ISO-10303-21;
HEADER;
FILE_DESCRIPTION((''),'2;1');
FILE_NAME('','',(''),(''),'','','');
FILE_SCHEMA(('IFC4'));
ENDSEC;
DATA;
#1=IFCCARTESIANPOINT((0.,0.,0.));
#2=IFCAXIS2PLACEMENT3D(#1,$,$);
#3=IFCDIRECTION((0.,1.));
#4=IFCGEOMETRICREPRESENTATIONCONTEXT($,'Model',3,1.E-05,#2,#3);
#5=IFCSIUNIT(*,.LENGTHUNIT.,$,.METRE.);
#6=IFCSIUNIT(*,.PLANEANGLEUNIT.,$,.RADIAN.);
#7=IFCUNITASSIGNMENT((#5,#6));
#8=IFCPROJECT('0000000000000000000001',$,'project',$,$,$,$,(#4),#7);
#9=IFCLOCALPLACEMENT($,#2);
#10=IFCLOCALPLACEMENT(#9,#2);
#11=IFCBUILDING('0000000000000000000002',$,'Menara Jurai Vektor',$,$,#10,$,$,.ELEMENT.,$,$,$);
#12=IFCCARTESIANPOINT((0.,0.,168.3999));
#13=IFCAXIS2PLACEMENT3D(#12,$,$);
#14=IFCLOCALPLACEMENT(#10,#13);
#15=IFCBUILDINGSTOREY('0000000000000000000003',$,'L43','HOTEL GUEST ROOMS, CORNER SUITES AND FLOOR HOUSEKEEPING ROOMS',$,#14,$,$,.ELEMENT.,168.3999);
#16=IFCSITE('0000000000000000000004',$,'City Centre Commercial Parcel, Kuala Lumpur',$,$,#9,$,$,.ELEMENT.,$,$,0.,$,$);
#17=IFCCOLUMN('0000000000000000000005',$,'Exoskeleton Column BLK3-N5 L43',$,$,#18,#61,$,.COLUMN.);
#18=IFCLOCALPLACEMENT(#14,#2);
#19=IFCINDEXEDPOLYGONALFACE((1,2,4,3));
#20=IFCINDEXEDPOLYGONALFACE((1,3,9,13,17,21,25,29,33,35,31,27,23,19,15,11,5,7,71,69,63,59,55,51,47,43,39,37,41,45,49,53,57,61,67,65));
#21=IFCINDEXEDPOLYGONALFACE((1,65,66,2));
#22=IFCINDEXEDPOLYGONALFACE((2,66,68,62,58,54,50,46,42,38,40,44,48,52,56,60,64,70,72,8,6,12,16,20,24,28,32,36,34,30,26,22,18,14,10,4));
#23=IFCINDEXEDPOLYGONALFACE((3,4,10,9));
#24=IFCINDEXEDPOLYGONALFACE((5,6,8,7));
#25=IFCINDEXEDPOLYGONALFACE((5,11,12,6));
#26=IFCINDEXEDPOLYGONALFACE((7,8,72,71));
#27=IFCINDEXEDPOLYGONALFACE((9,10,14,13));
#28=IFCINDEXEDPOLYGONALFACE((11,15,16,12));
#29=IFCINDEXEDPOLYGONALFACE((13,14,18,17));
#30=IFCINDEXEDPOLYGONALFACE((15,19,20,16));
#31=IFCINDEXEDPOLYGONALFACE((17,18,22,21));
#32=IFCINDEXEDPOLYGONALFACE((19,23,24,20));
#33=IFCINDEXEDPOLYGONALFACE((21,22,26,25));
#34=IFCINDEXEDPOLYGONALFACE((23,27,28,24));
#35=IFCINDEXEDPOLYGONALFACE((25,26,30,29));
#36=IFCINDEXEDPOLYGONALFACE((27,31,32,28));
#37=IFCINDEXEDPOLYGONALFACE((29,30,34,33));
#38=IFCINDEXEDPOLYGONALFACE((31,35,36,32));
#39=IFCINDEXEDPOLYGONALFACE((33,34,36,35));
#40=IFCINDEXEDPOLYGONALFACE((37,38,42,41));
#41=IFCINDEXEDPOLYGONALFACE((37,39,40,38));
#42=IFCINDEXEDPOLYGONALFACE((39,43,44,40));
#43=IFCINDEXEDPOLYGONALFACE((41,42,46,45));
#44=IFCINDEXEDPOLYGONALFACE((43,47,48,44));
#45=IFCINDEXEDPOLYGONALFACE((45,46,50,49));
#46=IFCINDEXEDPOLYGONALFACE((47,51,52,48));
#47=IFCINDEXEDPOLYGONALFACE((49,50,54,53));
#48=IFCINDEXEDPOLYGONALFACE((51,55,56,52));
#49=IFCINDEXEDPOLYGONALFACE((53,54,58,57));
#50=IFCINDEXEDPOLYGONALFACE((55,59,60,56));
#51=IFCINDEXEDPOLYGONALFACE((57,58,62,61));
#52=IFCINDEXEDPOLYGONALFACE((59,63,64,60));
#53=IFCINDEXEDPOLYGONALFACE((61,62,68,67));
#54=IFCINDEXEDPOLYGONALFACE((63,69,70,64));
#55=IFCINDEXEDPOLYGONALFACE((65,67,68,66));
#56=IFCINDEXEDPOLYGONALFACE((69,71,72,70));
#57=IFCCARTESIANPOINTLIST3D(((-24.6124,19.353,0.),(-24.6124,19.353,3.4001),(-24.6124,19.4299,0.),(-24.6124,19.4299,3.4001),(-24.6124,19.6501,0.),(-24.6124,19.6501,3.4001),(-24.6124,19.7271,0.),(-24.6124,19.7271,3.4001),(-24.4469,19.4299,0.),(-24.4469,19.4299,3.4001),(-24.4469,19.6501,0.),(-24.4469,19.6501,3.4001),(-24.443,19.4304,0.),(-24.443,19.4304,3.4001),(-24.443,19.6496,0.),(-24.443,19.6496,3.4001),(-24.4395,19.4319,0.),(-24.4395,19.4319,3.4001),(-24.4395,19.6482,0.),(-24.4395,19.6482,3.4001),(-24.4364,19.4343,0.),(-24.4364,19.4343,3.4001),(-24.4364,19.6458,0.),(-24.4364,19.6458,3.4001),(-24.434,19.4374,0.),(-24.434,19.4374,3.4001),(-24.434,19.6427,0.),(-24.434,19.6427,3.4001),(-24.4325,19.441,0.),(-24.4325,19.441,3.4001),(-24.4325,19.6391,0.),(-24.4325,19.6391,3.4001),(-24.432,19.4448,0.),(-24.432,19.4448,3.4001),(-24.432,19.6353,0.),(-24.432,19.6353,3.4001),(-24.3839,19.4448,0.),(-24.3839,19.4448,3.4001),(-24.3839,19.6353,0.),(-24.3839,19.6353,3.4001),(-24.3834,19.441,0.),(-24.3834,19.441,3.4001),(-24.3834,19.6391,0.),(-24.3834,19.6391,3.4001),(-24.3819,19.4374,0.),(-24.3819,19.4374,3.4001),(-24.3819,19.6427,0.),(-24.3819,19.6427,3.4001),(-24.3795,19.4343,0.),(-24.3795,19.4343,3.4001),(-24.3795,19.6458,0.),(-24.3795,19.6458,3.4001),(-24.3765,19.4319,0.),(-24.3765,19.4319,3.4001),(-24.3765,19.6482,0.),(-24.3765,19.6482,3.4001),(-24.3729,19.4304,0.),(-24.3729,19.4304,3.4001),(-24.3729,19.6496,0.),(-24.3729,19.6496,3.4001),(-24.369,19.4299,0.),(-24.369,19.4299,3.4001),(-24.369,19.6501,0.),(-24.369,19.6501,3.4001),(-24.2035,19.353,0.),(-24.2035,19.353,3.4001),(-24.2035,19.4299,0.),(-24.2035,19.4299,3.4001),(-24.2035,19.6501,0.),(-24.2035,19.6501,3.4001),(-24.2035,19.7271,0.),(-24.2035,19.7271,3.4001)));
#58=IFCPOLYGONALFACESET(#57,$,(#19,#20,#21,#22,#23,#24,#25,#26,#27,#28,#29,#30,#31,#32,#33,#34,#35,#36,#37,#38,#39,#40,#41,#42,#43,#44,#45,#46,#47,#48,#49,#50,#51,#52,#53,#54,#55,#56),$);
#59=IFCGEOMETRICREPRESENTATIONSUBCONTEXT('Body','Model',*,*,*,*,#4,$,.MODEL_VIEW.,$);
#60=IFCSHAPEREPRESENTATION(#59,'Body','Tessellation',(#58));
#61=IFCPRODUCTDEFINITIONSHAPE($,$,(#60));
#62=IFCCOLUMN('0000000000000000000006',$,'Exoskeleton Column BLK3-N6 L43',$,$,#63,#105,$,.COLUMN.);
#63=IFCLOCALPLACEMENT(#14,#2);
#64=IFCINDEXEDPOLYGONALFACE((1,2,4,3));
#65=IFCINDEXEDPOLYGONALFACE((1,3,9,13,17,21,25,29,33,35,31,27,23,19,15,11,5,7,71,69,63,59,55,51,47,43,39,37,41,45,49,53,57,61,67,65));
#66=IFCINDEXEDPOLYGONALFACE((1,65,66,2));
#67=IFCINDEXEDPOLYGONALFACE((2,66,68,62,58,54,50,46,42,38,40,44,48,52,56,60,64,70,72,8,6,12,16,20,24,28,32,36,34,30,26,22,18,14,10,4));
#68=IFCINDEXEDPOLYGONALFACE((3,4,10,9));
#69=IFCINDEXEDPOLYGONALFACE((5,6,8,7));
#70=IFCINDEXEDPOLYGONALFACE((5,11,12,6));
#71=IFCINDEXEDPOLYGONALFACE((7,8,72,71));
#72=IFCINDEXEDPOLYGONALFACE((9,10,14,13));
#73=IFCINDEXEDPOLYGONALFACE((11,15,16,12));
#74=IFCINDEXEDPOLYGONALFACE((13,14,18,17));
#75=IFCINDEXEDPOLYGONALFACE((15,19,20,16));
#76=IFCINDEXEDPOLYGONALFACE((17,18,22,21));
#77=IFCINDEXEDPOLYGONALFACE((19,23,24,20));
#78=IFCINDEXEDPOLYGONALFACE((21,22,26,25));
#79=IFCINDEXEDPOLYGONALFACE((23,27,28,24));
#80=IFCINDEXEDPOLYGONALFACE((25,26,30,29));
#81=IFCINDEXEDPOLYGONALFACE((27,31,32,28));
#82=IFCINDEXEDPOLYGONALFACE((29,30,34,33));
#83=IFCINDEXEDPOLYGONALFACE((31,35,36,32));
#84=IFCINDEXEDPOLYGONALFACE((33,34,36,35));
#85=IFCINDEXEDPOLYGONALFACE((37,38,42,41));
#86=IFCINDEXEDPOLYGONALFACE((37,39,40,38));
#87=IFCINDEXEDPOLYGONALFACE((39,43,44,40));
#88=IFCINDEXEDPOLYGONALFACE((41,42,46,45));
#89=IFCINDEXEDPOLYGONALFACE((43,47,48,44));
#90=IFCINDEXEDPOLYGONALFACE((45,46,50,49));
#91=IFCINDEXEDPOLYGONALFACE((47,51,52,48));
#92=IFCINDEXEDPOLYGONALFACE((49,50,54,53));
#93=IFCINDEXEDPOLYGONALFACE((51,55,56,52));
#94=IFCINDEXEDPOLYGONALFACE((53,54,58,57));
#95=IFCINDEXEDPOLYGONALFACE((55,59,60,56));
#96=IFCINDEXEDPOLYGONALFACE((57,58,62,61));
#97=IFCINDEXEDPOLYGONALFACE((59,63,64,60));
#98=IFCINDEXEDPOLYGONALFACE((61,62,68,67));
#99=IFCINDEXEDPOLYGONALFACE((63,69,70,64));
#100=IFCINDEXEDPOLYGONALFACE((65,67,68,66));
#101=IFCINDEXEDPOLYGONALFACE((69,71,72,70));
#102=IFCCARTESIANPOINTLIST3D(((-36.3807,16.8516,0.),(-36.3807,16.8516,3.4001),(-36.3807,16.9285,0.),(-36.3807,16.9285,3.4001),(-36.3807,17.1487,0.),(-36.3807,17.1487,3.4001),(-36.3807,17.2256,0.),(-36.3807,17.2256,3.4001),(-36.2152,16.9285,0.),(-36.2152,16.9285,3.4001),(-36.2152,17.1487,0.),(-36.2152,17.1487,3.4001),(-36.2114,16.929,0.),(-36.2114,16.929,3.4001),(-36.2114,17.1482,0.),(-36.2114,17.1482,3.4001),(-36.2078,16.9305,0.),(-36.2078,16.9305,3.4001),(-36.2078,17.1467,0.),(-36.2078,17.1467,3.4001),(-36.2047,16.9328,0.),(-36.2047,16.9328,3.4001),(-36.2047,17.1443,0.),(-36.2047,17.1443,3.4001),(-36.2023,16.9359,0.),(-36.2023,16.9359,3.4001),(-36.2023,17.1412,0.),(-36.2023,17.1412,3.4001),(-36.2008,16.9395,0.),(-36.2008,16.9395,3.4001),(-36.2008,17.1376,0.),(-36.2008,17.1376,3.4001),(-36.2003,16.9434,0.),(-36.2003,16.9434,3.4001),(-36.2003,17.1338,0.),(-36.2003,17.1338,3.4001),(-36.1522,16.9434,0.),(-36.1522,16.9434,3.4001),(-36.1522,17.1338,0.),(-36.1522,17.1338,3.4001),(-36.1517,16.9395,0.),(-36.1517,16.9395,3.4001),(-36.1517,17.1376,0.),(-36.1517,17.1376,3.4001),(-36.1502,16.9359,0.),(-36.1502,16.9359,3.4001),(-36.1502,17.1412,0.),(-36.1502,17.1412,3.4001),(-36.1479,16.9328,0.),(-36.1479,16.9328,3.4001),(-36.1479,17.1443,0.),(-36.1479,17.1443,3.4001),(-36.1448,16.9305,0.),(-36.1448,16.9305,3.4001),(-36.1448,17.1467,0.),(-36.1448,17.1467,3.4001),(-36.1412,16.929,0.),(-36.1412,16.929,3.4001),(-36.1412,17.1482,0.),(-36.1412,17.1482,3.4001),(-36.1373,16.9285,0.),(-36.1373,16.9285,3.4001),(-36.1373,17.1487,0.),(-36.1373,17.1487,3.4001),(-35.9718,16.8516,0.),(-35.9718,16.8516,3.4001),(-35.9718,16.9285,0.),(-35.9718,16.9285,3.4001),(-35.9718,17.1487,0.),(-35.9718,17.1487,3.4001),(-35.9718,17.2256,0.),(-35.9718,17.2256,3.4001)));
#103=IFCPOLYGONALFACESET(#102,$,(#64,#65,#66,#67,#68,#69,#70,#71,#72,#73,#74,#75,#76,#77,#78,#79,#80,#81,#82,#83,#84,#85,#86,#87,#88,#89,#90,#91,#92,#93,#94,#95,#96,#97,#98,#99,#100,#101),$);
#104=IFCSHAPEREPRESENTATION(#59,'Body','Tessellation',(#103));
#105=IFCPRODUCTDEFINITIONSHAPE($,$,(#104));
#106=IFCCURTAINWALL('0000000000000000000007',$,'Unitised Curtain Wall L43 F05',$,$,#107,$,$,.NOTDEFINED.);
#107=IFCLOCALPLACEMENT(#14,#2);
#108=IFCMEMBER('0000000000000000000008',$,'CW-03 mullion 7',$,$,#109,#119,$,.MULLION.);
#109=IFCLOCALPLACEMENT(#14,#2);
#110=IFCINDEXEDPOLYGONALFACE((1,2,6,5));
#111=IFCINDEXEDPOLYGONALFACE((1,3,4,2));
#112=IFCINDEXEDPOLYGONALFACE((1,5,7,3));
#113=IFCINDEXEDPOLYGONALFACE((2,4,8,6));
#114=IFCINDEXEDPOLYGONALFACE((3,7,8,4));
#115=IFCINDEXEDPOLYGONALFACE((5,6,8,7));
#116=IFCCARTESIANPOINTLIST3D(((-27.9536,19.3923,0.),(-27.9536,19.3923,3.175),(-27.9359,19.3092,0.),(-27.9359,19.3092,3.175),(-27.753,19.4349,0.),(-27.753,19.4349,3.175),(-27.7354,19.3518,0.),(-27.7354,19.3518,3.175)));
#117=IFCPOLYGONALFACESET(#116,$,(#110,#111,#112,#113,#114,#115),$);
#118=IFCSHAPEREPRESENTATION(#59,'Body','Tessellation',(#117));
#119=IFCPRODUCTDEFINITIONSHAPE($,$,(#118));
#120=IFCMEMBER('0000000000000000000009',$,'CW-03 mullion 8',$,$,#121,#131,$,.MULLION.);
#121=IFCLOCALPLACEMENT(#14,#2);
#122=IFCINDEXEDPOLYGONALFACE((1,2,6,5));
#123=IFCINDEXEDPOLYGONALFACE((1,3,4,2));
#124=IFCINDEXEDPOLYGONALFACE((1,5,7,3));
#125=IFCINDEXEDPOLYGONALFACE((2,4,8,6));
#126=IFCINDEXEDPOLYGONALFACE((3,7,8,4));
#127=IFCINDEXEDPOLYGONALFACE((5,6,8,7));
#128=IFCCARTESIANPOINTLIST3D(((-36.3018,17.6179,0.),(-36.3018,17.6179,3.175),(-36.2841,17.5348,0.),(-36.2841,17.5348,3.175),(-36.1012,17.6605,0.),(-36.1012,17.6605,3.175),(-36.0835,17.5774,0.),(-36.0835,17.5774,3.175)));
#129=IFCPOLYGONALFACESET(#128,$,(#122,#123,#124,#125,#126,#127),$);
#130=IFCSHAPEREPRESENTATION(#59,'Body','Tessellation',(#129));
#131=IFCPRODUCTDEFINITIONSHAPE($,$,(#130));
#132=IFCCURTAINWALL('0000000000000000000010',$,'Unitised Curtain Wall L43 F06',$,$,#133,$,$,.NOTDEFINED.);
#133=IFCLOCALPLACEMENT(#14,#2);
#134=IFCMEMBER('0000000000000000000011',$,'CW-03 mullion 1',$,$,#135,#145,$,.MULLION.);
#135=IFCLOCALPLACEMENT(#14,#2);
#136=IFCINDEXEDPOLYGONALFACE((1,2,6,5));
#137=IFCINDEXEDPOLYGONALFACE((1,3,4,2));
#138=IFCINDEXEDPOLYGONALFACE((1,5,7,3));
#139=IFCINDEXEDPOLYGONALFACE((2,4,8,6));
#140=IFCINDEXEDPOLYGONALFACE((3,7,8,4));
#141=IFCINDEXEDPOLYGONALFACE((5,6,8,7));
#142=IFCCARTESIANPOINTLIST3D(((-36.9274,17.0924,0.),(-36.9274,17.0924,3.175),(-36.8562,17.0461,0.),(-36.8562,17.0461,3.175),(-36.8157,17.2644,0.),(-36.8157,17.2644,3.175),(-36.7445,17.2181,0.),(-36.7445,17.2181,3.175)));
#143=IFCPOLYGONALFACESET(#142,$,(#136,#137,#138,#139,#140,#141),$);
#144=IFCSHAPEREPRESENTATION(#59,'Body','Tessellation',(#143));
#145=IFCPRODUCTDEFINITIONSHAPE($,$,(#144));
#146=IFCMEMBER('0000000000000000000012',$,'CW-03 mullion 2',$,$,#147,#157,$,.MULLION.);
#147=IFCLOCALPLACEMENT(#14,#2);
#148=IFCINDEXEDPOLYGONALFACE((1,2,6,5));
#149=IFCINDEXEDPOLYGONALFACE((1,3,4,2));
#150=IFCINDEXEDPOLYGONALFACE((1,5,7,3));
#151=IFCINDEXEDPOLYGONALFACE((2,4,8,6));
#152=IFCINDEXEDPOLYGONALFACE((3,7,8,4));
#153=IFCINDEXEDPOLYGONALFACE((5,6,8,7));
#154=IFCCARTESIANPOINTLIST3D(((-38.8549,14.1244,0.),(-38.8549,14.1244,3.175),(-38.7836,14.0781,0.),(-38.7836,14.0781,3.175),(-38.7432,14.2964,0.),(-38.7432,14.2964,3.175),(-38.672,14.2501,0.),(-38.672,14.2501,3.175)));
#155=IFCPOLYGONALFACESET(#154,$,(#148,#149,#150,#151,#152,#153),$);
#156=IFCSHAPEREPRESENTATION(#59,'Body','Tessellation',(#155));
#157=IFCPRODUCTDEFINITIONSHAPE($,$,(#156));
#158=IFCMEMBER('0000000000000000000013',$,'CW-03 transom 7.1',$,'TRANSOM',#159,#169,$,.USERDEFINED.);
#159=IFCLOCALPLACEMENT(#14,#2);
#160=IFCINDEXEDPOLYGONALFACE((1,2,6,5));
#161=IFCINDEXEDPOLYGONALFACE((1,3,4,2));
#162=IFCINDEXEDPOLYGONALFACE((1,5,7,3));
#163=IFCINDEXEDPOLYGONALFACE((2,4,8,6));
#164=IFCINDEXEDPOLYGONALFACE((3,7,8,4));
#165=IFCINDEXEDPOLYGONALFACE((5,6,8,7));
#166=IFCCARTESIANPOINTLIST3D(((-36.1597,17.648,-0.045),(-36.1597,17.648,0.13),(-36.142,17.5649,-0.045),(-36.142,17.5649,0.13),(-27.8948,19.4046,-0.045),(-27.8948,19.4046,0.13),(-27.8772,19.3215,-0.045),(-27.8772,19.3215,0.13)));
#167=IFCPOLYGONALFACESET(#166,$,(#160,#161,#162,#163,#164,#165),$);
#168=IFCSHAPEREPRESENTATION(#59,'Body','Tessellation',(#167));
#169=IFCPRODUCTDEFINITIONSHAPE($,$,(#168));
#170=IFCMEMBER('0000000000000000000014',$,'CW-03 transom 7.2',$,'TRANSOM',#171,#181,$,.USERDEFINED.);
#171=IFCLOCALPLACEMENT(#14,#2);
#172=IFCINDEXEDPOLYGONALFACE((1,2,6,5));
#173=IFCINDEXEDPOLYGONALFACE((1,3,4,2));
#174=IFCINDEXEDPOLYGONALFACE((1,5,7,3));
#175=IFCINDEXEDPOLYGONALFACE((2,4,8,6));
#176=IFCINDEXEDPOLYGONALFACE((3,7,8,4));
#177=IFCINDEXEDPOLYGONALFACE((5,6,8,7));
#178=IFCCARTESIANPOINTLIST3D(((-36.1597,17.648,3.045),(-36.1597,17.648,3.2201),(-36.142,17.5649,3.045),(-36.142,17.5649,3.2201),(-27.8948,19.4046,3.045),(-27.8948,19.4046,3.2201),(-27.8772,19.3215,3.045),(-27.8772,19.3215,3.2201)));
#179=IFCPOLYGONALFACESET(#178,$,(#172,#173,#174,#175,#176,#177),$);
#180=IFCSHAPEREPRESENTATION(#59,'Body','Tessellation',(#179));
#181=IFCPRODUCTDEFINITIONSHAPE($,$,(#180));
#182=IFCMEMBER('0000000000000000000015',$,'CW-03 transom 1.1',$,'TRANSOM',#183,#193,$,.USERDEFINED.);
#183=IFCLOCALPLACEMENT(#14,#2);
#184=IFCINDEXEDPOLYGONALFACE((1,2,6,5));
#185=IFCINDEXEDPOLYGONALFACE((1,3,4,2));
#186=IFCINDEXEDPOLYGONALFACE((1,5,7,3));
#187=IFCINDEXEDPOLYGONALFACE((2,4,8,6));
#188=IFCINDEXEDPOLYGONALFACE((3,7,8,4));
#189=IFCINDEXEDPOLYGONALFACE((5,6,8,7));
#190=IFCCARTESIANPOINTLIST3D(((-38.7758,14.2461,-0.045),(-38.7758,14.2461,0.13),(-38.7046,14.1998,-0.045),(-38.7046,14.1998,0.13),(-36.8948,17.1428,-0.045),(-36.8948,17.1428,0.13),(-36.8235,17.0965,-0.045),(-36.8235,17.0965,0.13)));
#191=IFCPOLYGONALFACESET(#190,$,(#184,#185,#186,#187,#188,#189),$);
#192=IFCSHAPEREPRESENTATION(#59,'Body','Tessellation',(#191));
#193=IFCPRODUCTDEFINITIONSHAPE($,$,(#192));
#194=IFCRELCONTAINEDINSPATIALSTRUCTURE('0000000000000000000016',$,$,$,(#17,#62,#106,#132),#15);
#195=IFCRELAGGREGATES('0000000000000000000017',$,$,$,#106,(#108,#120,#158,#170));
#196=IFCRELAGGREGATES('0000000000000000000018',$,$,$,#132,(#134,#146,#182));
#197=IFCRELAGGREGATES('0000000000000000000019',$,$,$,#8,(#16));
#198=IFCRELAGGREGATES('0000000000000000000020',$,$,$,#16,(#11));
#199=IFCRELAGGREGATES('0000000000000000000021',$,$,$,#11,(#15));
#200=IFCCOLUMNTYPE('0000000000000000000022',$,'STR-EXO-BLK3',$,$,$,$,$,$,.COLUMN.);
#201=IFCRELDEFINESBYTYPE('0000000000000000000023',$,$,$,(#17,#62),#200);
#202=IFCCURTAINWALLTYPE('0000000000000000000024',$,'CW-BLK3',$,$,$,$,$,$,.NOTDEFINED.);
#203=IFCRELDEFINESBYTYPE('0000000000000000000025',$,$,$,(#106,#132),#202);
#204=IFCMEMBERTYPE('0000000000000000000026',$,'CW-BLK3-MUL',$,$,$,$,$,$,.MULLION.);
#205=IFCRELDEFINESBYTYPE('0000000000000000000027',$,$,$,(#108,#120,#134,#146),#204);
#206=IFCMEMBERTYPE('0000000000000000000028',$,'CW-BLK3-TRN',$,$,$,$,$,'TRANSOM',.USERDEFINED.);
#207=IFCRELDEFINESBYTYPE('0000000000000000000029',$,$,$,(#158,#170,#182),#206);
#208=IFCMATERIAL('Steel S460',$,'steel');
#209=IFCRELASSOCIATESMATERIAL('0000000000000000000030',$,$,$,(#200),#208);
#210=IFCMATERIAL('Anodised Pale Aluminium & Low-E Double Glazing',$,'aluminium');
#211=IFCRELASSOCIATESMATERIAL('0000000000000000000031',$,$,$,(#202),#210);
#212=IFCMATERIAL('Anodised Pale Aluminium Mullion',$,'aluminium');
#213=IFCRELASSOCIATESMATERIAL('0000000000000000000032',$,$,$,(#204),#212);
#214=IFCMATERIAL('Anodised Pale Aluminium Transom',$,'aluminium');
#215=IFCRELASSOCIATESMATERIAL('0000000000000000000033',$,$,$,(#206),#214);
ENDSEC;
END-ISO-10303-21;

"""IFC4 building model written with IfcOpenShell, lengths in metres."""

from ifc_helpers import new_model, si_unit, direction, frame, origin, origin_2d, place, context, subcontext, project, spatial, rectangle, i_section, extrude, material, material_profile, profile_set, type_object, element, aggregate, save


model = new_model("IFC4")

# Units and contexts
model_context = context("Model", 3, precision=1e-05, world=origin(), true_north=direction((0.0, 1.0)))
body_context = subcontext(model_context, "Body", "Model", "MODEL_VIEW")
ifc_project = project(units=[si_unit("LENGTHUNIT", "METRE"), si_unit("PLANEANGLEUNIT", "RADIAN")], contexts=[model_context])

# Site, building, storey
site_placement = place(None, origin())
site = spatial("IfcSite", under=ifc_project, at=site_placement, Name="City Centre Commercial Parcel, Kuala Lumpur", CompositionType="ELEMENT", RefElevation=0.0)
building_placement = place(site_placement, origin())
building = spatial("IfcBuilding", under=site, at=building_placement, Name="Menara Jurai Vektor", CompositionType="ELEMENT")
storey_placement = place(building_placement, frame((0.0, 0.0, 168.3999)))
storey = spatial("IfcBuildingStorey", under=building, at=storey_placement, Name="L43", Description="HOTEL GUEST ROOMS, CORNER SUITES AND FLOOR HOUSEKEEPING ROOMS", CompositionType="ELEMENT", Elevation=168.3999)

# Columns
ifc_material_1 = material(Name="Steel S460", Category="steel")
ifc_material_profile_1 = material_profile(ifc_material_1, i_section(OverallWidth=0.4089, OverallDepth=0.374, WebThickness=0.0481, FlangeThickness=0.0769, FilletRadius=0.0149, at=origin_2d()), Name="HD 400x634")
ifc_profile_set_1 = profile_set([ifc_material_profile_1], Name="Steel S460")
column_type = type_object("IfcColumnType", Name="STR-EXO-BLK3", PredefinedType="COLUMN", material=ifc_profile_set_1)
for number, where, z_axis, x_axis, name in (
    (1, (-24.408, 19.54, 0.0), (0.0, 0.0, 1.0), (1.0, 0.0, 0.0), "Exoskeleton Column BLK3-N5 L43"),
    (2, (-36.1763, 17.0386, 0.0), (0.0, 0.0, 1.0), (1.0, 0.0, 0.0), "Exoskeleton Column BLK3-N6 L43"),
):
    element("IfcColumn", number, at=place(storey_placement, frame(where, z_axis=z_axis, x_axis=x_axis)), inside=storey, type_object=column_type, Name=name, PredefinedType="COLUMN", context=body_context, shape_type="SweptSolid", body=[
        extrude(i_section(OverallWidth=0.4089, OverallDepth=0.374, WebThickness=0.0481, FlangeThickness=0.0769, FilletRadius=0.0149, at=origin_2d()), origin(), (0.0, 0.0, 1.0), 3.4001),
    ])

# Curtain walls, members
ifc_material_2 = material(Name="Anodised Pale Aluminium & Low-E Double Glazing", Category="aluminium")
curtain_wall_type = type_object("IfcCurtainWallType", Name="CW-BLK3", PredefinedType="NOTDEFINED", material=ifc_material_2)
curtain_wall_1_placement = place(storey_placement, origin())
curtain_wall_1 = element("IfcCurtainWall", 3, at=curtain_wall_1_placement, inside=storey, type_object=curtain_wall_type, Name="Unitised Curtain Wall L43 F05", PredefinedType="NOTDEFINED")
ifc_material_3 = material(Name="Anodised Pale Aluminium Mullion", Category="aluminium")
ifc_material_profile_2 = material_profile(ifc_material_3, rectangle(XDim=0.085, YDim=0.2051, at=origin_2d()), Name="ALU MUL 85x205")
ifc_profile_set_2 = profile_set([ifc_material_profile_2], Name="Anodised Pale Aluminium Mullion")
member_type_1 = type_object("IfcMemberType", Name="CW-BLK3-MUL", PredefinedType="MULLION", material=ifc_profile_set_2)
member_1_placement = place(storey_placement, frame((-27.8445, 19.3721, 0.0), z_axis=(0.0, 0.0, 1.0), x_axis=(0.207911, -0.978148, 0.0)))
member_1 = element("IfcMember", 4, at=member_1_placement, type_object=member_type_1, Name="CW-03 mullion 7", PredefinedType="MULLION", context=body_context, shape_type="SweptSolid", body=[
    extrude(rectangle(XDim=0.085, YDim=0.2051, at=origin_2d()), origin(), (0.0, 0.0, 1.0), 3.175),
])
member_2_placement = place(storey_placement, frame((-36.1926, 17.5977, 0.0), z_axis=(0.0, 0.0, 1.0), x_axis=(0.207911, -0.978148, 0.0)))
member_2 = element("IfcMember", 5, at=member_2_placement, type_object=member_type_1, Name="CW-03 mullion 8", PredefinedType="MULLION", context=body_context, shape_type="SweptSolid", body=[
    extrude(rectangle(XDim=0.085, YDim=0.2051, at=origin_2d()), origin(), (0.0, 0.0, 1.0), 3.175),
])
curtain_wall_2_placement = place(storey_placement, origin())
curtain_wall_2 = element("IfcCurtainWall", 6, at=curtain_wall_2_placement, inside=storey, type_object=curtain_wall_type, Name="Unitised Curtain Wall L43 F06", PredefinedType="NOTDEFINED")
member_3_placement = place(storey_placement, frame((-36.8359, 17.1553, 0.0), z_axis=(0.0, 0.0, 1.0), x_axis=(0.838684, -0.544618, 0.0)))
member_3 = element("IfcMember", 7, at=member_3_placement, type_object=member_type_1, Name="CW-03 mullion 1", PredefinedType="MULLION", context=body_context, shape_type="SweptSolid", body=[
    extrude(rectangle(XDim=0.085, YDim=0.2051, at=origin_2d()), origin(), (0.0, 0.0, 1.0), 3.175),
])
member_4_placement = place(storey_placement, frame((-38.7634, 14.1873, 0.0), z_axis=(0.0, 0.0, 1.0), x_axis=(0.838684, -0.544618, 0.0)))
member_4 = element("IfcMember", 8, at=member_4_placement, type_object=member_type_1, Name="CW-03 mullion 2", PredefinedType="MULLION", context=body_context, shape_type="SweptSolid", body=[
    extrude(rectangle(XDim=0.085, YDim=0.2051, at=origin_2d()), origin(), (0.0, 0.0, 1.0), 3.175),
])

# Members
ifc_material_4 = material(Name="Anodised Pale Aluminium Transom", Category="aluminium")
ifc_material_profile_3 = material_profile(ifc_material_4, rectangle(XDim=0.085, YDim=0.175, at=origin_2d()), Name="ALU TRN 85x175")
ifc_profile_set_3 = profile_set([ifc_material_profile_3], Name="Anodised Pale Aluminium Transom")
member_type_2 = type_object("IfcMemberType", Name="CW-BLK3-TRN", ElementType="TRANSOM", PredefinedType="USERDEFINED", material=ifc_profile_set_3)
member_5_placement = place(storey_placement, frame((-27.886, 19.363, 0.0425), z_axis=(-0.978152, -0.207893, 0.0), x_axis=(0.207893, -0.978152, 0.0)))
member_5 = element("IfcMember", 9, at=member_5_placement, type_object=member_type_2, Name="CW-03 transom 7.1", ObjectType="TRANSOM", PredefinedType="USERDEFINED", context=body_context, shape_type="SweptSolid", body=[
    extrude(rectangle(XDim=0.085, YDim=0.175, at=origin_2d()), origin(), (0.0, 0.0, 1.0), 8.4495),
])
member_6_placement = place(storey_placement, frame((-27.886, 19.363, 3.1326), z_axis=(-0.978152, -0.207893, 0.0), x_axis=(0.207893, -0.978152, 0.0)))
member_6 = element("IfcMember", 10, at=member_6_placement, type_object=member_type_2, Name="CW-03 transom 7.2", ObjectType="TRANSOM", PredefinedType="USERDEFINED", context=body_context, shape_type="SweptSolid", body=[
    extrude(rectangle(XDim=0.085, YDim=0.175, at=origin_2d()), origin(), (0.0, 0.0, 1.0), 8.4495),
])
member_7_placement = place(storey_placement, frame((-36.8591, 17.1196, 0.0425), z_axis=(-0.544628, -0.838678, 0.0), x_axis=(0.838678, -0.544628, 0.0)))
member_7 = element("IfcMember", 11, at=member_7_placement, type_object=member_type_2, Name="CW-03 transom 1.1", ObjectType="TRANSOM", PredefinedType="USERDEFINED", context=body_context, shape_type="SweptSolid", body=[
    extrude(rectangle(XDim=0.085, YDim=0.175, at=origin_2d()), origin(), (0.0, 0.0, 1.0), 3.4539),
])

aggregate(curtain_wall_1, [member_1, member_2, member_5, member_6])
aggregate(curtain_wall_2, [member_3, member_4, member_7])

save(model, "model.ifc")
